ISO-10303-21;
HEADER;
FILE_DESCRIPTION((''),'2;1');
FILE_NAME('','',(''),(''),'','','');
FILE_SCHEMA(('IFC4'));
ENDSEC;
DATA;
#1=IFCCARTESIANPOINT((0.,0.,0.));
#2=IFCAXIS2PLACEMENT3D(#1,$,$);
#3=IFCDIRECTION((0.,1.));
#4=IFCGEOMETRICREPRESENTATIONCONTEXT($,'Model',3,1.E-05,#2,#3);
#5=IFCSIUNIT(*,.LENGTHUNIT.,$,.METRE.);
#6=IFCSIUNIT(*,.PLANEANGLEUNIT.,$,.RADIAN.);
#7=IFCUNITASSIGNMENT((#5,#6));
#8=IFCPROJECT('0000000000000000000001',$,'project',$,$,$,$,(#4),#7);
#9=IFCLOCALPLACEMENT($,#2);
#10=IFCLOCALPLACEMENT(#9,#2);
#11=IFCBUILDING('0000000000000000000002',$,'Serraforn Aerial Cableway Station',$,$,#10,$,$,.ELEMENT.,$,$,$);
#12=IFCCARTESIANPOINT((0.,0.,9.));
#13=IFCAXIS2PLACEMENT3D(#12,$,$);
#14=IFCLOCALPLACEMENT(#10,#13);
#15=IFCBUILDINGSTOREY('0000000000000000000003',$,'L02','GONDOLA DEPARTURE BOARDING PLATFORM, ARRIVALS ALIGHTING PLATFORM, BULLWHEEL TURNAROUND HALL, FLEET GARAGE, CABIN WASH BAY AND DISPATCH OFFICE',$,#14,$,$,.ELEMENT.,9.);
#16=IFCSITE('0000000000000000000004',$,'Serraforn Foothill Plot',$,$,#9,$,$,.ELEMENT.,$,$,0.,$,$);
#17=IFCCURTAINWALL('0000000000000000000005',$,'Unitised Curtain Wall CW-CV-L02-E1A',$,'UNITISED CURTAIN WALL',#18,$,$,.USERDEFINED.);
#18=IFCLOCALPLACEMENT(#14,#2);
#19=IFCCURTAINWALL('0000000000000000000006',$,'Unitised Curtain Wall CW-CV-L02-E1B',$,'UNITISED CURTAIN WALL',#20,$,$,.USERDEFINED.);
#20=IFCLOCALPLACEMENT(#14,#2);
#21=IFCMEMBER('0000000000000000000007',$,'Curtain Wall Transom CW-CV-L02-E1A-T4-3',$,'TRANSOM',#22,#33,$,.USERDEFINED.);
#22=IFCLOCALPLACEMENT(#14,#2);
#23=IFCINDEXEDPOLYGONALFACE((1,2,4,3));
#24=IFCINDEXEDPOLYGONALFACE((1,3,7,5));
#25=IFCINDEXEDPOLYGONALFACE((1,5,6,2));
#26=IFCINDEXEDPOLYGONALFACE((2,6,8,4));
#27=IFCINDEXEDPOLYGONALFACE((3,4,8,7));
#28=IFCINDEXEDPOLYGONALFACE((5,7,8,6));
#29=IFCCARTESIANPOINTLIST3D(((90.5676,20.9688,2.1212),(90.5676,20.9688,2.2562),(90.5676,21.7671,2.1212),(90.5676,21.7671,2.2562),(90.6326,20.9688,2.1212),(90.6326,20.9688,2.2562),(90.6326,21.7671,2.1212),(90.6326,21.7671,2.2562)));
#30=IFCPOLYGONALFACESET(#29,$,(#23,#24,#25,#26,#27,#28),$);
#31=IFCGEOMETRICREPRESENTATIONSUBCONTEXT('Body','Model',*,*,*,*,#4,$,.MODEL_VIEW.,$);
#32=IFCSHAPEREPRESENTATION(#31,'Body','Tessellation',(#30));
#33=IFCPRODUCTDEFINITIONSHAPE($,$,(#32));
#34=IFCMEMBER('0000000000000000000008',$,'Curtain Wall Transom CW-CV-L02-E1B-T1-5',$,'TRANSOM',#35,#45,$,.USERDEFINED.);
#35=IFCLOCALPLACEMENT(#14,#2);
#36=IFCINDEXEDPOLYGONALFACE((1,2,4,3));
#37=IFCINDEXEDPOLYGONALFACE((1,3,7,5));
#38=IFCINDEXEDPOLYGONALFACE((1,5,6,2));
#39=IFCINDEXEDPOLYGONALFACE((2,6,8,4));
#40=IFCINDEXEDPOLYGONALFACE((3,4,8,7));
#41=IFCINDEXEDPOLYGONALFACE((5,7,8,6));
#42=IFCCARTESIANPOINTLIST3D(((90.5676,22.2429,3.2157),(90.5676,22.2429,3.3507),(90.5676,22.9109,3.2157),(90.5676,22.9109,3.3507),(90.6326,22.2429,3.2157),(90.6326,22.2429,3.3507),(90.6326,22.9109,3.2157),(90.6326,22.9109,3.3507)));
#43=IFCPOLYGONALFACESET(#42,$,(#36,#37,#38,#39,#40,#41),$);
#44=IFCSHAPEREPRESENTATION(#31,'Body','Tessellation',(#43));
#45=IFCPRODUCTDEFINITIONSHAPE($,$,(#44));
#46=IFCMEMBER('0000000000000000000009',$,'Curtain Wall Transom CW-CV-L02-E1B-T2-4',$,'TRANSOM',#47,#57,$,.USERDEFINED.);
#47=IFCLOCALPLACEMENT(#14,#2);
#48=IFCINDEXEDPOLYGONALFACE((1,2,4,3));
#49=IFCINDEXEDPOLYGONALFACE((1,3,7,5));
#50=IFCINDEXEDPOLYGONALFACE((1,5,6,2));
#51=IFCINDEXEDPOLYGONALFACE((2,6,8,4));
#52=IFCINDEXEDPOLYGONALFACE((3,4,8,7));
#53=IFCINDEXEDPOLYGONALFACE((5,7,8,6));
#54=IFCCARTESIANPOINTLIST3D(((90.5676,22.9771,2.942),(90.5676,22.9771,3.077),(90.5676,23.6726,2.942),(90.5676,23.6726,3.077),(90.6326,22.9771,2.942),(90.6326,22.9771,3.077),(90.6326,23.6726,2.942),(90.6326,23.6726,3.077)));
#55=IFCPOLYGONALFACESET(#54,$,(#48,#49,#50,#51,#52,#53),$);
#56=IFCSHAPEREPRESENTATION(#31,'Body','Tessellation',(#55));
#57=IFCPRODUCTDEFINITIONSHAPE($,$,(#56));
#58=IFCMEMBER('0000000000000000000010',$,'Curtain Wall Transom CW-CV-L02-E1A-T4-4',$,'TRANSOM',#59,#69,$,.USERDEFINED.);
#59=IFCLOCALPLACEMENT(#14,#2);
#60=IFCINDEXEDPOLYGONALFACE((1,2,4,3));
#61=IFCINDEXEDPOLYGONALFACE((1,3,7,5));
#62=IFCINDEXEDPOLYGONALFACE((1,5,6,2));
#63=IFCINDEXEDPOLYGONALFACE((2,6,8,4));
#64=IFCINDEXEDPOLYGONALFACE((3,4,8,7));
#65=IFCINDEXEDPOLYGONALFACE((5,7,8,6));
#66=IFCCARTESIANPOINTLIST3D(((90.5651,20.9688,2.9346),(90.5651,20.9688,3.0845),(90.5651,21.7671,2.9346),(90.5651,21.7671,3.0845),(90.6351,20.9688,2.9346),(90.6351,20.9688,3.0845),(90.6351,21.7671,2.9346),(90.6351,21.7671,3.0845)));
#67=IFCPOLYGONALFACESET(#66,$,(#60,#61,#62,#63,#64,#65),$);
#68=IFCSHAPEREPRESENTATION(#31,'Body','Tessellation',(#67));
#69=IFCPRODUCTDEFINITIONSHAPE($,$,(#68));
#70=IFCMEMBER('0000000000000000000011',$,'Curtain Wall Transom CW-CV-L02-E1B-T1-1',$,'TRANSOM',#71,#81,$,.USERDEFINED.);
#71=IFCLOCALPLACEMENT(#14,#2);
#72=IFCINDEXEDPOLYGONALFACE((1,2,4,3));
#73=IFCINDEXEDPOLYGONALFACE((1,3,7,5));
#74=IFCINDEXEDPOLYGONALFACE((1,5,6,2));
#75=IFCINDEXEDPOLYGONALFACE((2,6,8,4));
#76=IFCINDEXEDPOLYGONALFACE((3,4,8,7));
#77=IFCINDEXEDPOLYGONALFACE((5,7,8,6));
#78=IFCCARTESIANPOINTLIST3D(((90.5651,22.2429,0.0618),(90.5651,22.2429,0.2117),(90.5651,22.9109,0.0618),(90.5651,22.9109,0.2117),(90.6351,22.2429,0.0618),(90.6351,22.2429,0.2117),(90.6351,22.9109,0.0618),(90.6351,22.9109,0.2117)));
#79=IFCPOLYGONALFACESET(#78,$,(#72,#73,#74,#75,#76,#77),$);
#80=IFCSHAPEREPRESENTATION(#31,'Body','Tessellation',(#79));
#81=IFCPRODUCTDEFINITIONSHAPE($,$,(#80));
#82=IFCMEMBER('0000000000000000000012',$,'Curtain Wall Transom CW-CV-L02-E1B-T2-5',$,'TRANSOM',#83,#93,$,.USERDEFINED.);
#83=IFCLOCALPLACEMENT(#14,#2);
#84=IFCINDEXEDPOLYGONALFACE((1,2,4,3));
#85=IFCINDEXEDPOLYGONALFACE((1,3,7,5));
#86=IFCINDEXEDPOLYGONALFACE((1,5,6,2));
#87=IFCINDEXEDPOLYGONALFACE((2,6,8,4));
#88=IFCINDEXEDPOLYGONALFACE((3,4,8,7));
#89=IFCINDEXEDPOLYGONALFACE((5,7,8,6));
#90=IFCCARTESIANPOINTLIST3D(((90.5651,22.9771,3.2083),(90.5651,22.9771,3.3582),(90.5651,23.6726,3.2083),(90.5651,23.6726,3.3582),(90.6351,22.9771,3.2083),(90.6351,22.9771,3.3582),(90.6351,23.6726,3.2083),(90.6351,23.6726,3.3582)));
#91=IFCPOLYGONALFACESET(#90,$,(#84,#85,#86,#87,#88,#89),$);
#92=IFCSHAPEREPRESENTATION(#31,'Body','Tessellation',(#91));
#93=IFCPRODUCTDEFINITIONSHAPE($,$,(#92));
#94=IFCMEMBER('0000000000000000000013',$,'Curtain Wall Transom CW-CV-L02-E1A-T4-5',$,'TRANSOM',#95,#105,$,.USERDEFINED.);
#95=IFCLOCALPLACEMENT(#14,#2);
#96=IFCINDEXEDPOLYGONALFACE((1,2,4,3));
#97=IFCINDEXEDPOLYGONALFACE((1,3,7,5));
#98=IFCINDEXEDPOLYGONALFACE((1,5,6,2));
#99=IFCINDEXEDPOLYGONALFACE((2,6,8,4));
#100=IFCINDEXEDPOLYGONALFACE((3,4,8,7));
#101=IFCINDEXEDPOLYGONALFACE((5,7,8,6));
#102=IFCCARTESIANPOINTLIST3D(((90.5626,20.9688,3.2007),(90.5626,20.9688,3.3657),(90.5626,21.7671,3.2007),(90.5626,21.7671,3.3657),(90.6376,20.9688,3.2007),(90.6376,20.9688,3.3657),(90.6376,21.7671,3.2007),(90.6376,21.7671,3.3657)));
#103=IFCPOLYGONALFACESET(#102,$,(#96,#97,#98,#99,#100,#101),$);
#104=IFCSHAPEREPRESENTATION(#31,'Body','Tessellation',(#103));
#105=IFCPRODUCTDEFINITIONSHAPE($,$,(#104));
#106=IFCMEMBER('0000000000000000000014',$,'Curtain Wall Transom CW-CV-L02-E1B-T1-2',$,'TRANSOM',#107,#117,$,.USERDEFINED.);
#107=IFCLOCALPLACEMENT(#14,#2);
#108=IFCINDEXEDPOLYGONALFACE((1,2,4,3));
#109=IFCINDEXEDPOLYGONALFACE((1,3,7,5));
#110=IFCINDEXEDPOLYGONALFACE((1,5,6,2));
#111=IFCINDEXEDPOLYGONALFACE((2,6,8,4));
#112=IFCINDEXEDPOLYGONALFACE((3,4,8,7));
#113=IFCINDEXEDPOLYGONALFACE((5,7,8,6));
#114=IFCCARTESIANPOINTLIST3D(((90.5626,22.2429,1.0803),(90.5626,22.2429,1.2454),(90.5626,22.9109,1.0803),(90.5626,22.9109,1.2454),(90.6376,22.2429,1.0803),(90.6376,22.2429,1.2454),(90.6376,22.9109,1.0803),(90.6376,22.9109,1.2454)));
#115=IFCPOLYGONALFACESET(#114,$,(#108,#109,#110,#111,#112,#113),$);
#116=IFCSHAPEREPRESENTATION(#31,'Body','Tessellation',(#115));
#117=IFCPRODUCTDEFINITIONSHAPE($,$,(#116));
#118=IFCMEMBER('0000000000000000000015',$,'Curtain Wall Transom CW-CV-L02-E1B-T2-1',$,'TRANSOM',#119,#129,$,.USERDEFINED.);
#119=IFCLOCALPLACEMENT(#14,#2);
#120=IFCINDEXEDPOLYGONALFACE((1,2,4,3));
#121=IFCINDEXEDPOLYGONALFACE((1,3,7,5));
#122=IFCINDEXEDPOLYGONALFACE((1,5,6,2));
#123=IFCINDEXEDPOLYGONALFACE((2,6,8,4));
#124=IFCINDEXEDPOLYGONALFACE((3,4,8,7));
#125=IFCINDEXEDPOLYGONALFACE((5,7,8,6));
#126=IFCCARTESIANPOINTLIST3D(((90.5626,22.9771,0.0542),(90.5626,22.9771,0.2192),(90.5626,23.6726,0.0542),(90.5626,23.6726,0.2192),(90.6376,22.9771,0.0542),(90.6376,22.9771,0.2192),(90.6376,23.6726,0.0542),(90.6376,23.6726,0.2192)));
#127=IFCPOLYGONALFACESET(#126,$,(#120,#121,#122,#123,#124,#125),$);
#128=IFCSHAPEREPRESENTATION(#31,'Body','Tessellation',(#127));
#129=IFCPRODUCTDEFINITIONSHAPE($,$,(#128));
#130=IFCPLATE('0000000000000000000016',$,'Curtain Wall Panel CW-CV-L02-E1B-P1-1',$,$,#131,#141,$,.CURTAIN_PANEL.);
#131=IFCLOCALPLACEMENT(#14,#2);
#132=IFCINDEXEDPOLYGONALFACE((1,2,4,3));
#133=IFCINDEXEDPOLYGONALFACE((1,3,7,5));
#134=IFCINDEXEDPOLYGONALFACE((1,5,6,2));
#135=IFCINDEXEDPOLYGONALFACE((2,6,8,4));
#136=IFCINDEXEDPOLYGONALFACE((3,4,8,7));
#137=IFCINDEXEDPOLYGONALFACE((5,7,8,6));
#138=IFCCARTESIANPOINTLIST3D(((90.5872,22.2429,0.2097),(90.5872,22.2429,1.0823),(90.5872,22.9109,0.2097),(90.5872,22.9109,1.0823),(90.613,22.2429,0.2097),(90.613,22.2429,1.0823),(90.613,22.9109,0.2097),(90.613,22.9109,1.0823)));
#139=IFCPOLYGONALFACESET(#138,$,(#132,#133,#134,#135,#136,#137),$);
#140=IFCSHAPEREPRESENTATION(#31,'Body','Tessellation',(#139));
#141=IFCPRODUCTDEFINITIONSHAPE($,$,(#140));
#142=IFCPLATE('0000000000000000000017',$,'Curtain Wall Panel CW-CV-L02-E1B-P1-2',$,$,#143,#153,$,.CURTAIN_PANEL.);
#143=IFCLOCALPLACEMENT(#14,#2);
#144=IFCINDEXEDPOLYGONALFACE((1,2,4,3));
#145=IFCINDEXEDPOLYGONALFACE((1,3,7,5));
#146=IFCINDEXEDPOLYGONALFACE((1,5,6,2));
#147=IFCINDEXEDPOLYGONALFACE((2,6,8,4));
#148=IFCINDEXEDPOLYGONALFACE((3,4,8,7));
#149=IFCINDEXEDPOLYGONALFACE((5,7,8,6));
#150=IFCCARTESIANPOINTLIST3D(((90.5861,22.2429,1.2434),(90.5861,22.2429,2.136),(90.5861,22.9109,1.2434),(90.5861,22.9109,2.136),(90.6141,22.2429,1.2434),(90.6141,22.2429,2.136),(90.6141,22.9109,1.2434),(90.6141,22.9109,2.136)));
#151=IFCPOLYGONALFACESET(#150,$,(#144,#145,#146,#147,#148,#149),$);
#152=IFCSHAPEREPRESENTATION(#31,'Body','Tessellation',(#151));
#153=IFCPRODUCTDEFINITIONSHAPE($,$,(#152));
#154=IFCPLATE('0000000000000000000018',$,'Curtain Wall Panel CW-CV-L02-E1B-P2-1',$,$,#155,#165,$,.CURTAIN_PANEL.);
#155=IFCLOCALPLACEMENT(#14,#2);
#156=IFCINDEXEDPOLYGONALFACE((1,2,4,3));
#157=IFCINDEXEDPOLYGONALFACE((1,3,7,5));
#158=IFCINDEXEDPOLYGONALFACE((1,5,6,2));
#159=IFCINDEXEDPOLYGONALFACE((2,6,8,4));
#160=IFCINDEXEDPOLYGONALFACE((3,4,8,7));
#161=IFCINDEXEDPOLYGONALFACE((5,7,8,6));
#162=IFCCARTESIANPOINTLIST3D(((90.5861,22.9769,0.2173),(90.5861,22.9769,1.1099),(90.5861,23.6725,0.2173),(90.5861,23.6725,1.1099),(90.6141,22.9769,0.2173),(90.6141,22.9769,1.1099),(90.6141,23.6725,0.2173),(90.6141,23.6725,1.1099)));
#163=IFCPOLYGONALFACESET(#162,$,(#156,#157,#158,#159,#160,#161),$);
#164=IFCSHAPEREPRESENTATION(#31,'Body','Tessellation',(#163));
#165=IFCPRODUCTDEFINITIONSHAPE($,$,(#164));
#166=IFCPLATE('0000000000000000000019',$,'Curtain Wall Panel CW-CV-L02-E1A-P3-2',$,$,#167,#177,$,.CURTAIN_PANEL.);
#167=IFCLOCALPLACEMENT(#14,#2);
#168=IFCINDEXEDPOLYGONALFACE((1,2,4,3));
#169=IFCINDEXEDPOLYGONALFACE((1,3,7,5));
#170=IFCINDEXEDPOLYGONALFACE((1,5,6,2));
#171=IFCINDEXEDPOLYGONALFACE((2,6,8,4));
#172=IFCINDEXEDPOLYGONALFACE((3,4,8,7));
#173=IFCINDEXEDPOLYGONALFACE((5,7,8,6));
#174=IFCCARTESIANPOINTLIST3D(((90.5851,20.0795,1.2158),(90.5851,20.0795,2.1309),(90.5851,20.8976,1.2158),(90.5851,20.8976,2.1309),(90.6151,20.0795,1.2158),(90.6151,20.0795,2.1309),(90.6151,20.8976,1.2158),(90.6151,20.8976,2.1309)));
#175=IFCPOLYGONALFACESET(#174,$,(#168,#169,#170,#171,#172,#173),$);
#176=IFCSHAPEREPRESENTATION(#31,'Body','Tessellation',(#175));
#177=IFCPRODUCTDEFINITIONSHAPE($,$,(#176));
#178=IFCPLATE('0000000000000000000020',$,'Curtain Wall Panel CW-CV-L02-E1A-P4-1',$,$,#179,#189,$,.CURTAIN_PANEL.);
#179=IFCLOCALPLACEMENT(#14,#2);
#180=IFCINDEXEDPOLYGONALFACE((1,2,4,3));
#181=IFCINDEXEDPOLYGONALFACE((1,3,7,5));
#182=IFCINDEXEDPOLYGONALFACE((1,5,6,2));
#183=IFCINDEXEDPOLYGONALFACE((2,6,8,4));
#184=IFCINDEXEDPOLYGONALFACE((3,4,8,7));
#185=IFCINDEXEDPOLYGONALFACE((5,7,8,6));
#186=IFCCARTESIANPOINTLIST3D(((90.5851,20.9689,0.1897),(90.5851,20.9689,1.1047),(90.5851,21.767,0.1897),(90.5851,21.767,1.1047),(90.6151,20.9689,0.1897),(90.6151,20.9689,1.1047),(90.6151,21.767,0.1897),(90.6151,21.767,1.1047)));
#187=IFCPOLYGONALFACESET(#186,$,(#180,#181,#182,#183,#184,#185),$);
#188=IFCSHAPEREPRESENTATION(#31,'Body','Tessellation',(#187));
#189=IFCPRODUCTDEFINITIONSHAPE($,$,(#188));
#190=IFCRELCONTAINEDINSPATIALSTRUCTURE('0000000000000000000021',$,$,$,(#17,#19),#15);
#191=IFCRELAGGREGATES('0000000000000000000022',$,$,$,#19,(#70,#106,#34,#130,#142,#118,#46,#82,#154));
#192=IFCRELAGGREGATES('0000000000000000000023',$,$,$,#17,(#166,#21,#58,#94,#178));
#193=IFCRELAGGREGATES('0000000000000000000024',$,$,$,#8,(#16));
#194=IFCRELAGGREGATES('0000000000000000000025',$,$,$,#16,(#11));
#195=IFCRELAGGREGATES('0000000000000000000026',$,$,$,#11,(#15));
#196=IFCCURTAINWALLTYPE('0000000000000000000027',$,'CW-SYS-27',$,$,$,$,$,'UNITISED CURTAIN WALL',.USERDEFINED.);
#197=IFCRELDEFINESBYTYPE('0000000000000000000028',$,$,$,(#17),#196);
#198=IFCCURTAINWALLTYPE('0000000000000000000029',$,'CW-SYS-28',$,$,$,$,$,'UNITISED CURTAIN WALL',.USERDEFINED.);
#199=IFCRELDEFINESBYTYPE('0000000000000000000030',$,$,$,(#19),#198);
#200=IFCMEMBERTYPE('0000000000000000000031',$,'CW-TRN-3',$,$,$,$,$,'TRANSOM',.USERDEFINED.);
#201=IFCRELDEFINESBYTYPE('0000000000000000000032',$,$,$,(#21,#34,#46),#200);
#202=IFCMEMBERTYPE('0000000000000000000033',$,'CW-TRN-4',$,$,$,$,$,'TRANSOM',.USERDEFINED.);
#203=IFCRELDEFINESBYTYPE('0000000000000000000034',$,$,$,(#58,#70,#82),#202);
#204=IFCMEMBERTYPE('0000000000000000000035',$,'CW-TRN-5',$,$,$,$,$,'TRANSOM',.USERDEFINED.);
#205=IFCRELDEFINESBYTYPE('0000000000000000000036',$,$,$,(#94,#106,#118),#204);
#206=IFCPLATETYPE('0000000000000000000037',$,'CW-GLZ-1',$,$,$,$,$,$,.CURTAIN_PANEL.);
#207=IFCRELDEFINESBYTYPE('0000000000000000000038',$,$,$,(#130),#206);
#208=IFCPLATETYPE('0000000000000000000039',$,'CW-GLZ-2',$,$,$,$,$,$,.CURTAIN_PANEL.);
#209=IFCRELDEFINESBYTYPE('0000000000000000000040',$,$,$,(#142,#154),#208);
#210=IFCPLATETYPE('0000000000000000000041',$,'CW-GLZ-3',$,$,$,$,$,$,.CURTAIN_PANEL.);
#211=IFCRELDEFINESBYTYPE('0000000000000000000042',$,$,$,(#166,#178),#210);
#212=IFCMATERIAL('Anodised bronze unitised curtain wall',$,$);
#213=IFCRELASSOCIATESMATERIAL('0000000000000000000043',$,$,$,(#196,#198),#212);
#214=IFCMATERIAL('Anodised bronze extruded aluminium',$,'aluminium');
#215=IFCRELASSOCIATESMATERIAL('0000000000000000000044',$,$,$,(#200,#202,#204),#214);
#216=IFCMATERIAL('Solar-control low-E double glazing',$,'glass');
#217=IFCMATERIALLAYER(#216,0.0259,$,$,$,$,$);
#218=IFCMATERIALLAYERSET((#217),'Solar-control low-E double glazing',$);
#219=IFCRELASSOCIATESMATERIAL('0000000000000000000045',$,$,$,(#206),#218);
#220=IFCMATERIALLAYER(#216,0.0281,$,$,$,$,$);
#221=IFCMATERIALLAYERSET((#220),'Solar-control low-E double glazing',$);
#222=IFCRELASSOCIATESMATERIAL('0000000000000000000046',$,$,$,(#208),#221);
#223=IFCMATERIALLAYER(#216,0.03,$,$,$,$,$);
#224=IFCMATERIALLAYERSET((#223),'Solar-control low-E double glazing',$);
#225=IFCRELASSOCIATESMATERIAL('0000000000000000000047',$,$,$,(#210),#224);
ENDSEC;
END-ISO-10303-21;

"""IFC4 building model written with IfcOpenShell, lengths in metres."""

from ifc_helpers import new_model, si_unit, direction, frame, origin, origin_2d, place, context, subcontext, project, spatial, rectangle, extrude, material, layer, layer_set, material_profile, profile_set, type_object, element, aggregate, save


model = new_model("IFC4")

# Units and contexts
model_context = context("Model", 3, precision=1e-05, world=origin(), true_north=direction((0.0, 1.0)))
body_context = subcontext(model_context, "Body", "Model", "MODEL_VIEW")
ifc_project = project(units=[si_unit("LENGTHUNIT", "METRE"), si_unit("PLANEANGLEUNIT", "RADIAN")], contexts=[model_context])

# Site, building, storey
site_placement = place(None, origin())
site = spatial("IfcSite", under=ifc_project, at=site_placement, Name="Serraforn Foothill Plot", CompositionType="ELEMENT", RefElevation=0.0)
building_placement = place(site_placement, origin())
building = spatial("IfcBuilding", under=site, at=building_placement, Name="Serraforn Aerial Cableway Station", CompositionType="ELEMENT")
storey_placement = place(building_placement, frame((0.0, 0.0, 9.0)))
storey = spatial("IfcBuildingStorey", under=building, at=storey_placement, Name="L02", Description="GONDOLA DEPARTURE BOARDING PLATFORM, ARRIVALS ALIGHTING PLATFORM, BULLWHEEL TURNAROUND HALL, FLEET GARAGE, CABIN WASH BAY AND DISPATCH OFFICE", CompositionType="ELEMENT", Elevation=9.0)

# Curtain wall
ifc_material_1 = material(Name="Anodised bronze unitised curtain wall")
curtain_wall_type_1 = type_object("IfcCurtainWallType", Name="CW-SYS-27", ElementType="UNITISED CURTAIN WALL", PredefinedType="USERDEFINED", material=ifc_material_1)
curtain_wall_1_placement = place(storey_placement, origin())
curtain_wall_1 = element("IfcCurtainWall", 1, at=curtain_wall_1_placement, inside=storey, type_object=curtain_wall_type_1, Name="Unitised Curtain Wall CW-CV-L02-E1A", ObjectType="UNITISED CURTAIN WALL", PredefinedType="USERDEFINED")
ifc_material_2 = material(Name="Anodised bronze extruded aluminium", Category="aluminium")

# Curtain wall
curtain_wall_type_2 = type_object("IfcCurtainWallType", Name="CW-SYS-28", ElementType="UNITISED CURTAIN WALL", PredefinedType="USERDEFINED", material=ifc_material_1)
curtain_wall_2_placement = place(storey_placement, origin())
curtain_wall_2 = element("IfcCurtainWall", 2, at=curtain_wall_2_placement, inside=storey, type_object=curtain_wall_type_2, Name="Unitised Curtain Wall CW-CV-L02-E1B", ObjectType="UNITISED CURTAIN WALL", PredefinedType="USERDEFINED")

# Members
ifc_material_profile_1 = material_profile(ifc_material_2, rectangle(XDim=0.0649, YDim=0.135, at=origin_2d()), Name="CW TRANSOM 65x135")
ifc_profile_set_1 = profile_set([ifc_material_profile_1], Name="Anodised bronze extruded aluminium")
member_type_1 = type_object("IfcMemberType", Name="CW-TRN-3", ElementType="TRANSOM", PredefinedType="USERDEFINED", material=ifc_profile_set_1)
member_1_placement = place(storey_placement, frame((90.6001, 20.9688, 2.1887), z_axis=(0.0, 1.0, 0.0), x_axis=(-1.0, 0.0, 0.0)))
member_1 = element("IfcMember", 3, at=member_1_placement, type_object=member_type_1, Name="Curtain Wall Transom CW-CV-L02-E1A-T4-3", ObjectType="TRANSOM", PredefinedType="USERDEFINED", context=body_context, shape_type="SweptSolid", body=[
    extrude(rectangle(XDim=0.0649, YDim=0.135, at=origin_2d()), origin(), (0.0, 0.0, 1.0), 0.7983),
])
member_2_placement = place(storey_placement, frame((90.6001, 22.2429, 3.2832), z_axis=(0.0, 1.0, 0.0), x_axis=(-1.0, 0.0, 0.0)))
member_2 = element("IfcMember", 4, at=member_2_placement, type_object=member_type_1, Name="Curtain Wall Transom CW-CV-L02-E1B-T1-5", ObjectType="TRANSOM", PredefinedType="USERDEFINED", context=body_context, shape_type="SweptSolid", body=[
    extrude(rectangle(XDim=0.0649, YDim=0.135, at=origin_2d()), origin(), (0.0, 0.0, 1.0), 0.668),
])
member_3_placement = place(storey_placement, frame((90.6001, 22.9771, 3.0095), z_axis=(0.0, 1.0, 0.0), x_axis=(-1.0, 0.0, 0.0)))
member_3 = element("IfcMember", 5, at=member_3_placement, type_object=member_type_1, Name="Curtain Wall Transom CW-CV-L02-E1B-T2-4", ObjectType="TRANSOM", PredefinedType="USERDEFINED", context=body_context, shape_type="SweptSolid", body=[
    extrude(rectangle(XDim=0.0649, YDim=0.135, at=origin_2d()), origin(), (0.0, 0.0, 1.0), 0.6956),
])
ifc_material_profile_2 = material_profile(ifc_material_2, rectangle(XDim=0.0701, YDim=0.1499, at=origin_2d()), Name="CW TRANSOM 70x150")
ifc_profile_set_2 = profile_set([ifc_material_profile_2], Name="Anodised bronze extruded aluminium")
member_type_2 = type_object("IfcMemberType", Name="CW-TRN-4", ElementType="TRANSOM", PredefinedType="USERDEFINED", material=ifc_profile_set_2)
member_4_placement = place(storey_placement, frame((90.6001, 20.9688, 3.0095), z_axis=(0.0, 1.0, 0.0), x_axis=(-1.0, 0.0, 0.0)))
member_4 = element("IfcMember", 6, at=member_4_placement, type_object=member_type_2, Name="Curtain Wall Transom CW-CV-L02-E1A-T4-4", ObjectType="TRANSOM", PredefinedType="USERDEFINED", context=body_context, shape_type="SweptSolid", body=[
    extrude(rectangle(XDim=0.0701, YDim=0.1499, at=origin_2d()), origin(), (0.0, 0.0, 1.0), 0.7983),
])
member_5_placement = place(storey_placement, frame((90.6001, 22.2429, 0.1367), z_axis=(0.0, 1.0, 0.0), x_axis=(-1.0, 0.0, 0.0)))
member_5 = element("IfcMember", 7, at=member_5_placement, type_object=member_type_2, Name="Curtain Wall Transom CW-CV-L02-E1B-T1-1", ObjectType="TRANSOM", PredefinedType="USERDEFINED", context=body_context, shape_type="SweptSolid", body=[
    extrude(rectangle(XDim=0.0701, YDim=0.1499, at=origin_2d()), origin(), (0.0, 0.0, 1.0), 0.668),
])
member_6_placement = place(storey_placement, frame((90.6001, 22.9771, 3.2832), z_axis=(0.0, 1.0, 0.0), x_axis=(-1.0, 0.0, 0.0)))
member_6 = element("IfcMember", 8, at=member_6_placement, type_object=member_type_2, Name="Curtain Wall Transom CW-CV-L02-E1B-T2-5", ObjectType="TRANSOM", PredefinedType="USERDEFINED", context=body_context, shape_type="SweptSolid", body=[
    extrude(rectangle(XDim=0.0701, YDim=0.1499, at=origin_2d()), origin(), (0.0, 0.0, 1.0), 0.6956),
])
ifc_material_profile_3 = material_profile(ifc_material_2, rectangle(XDim=0.075, YDim=0.165, at=origin_2d()), Name="CW TRANSOM 75x165")
ifc_profile_set_3 = profile_set([ifc_material_profile_3], Name="Anodised bronze extruded aluminium")
member_type_3 = type_object("IfcMemberType", Name="CW-TRN-5", ElementType="TRANSOM", PredefinedType="USERDEFINED", material=ifc_profile_set_3)
member_7_placement = place(storey_placement, frame((90.6001, 20.9688, 3.2832), z_axis=(0.0, 1.0, 0.0), x_axis=(-1.0, 0.0, 0.0)))
member_7 = element("IfcMember", 9, at=member_7_placement, type_object=member_type_3, Name="Curtain Wall Transom CW-CV-L02-E1A-T4-5", ObjectType="TRANSOM", PredefinedType="USERDEFINED", context=body_context, shape_type="SweptSolid", body=[
    extrude(rectangle(XDim=0.075, YDim=0.165, at=origin_2d()), origin(), (0.0, 0.0, 1.0), 0.7983),
])
member_8_placement = place(storey_placement, frame((90.6001, 22.2429, 1.1628), z_axis=(0.0, 1.0, 0.0), x_axis=(-1.0, 0.0, 0.0)))
member_8 = element("IfcMember", 10, at=member_8_placement, type_object=member_type_3, Name="Curtain Wall Transom CW-CV-L02-E1B-T1-2", ObjectType="TRANSOM", PredefinedType="USERDEFINED", context=body_context, shape_type="SweptSolid", body=[
    extrude(rectangle(XDim=0.075, YDim=0.165, at=origin_2d()), origin(), (0.0, 0.0, 1.0), 0.668),
])
member_9_placement = place(storey_placement, frame((90.6001, 22.9771, 0.1367), z_axis=(0.0, 1.0, 0.0), x_axis=(-1.0, 0.0, 0.0)))
member_9 = element("IfcMember", 11, at=member_9_placement, type_object=member_type_3, Name="Curtain Wall Transom CW-CV-L02-E1B-T2-1", ObjectType="TRANSOM", PredefinedType="USERDEFINED", context=body_context, shape_type="SweptSolid", body=[
    extrude(rectangle(XDim=0.075, YDim=0.165, at=origin_2d()), origin(), (0.0, 0.0, 1.0), 0.6956),
])

# Plates
ifc_material_3 = material(Name="Solar-control low-E double glazing", Category="glass")
ifc_layer_1 = layer(ifc_material_3, 0.0259)
ifc_layer_set_1 = layer_set([ifc_layer_1], Name="Solar-control low-E double glazing")
plate_type_1 = type_object("IfcPlateType", Name="CW-GLZ-1", PredefinedType="CURTAIN_PANEL", material=ifc_layer_set_1)
plate_1_placement = place(storey_placement, frame((90.6001, 22.5769, 0.2097), z_axis=(0.0, 0.0, 1.0), x_axis=(1.0, 0.0, 0.0)))
plate_1 = element("IfcPlate", 12, at=plate_1_placement, type_object=plate_type_1, Name="Curtain Wall Panel CW-CV-L02-E1B-P1-1", PredefinedType="CURTAIN_PANEL", context=body_context, shape_type="SweptSolid", body=[
    extrude(rectangle(XDim=0.0259, YDim=0.668, at=origin_2d()), origin(), (0.0, 0.0, 1.0), 0.8726),
])
ifc_layer_2 = layer(ifc_material_3, 0.0281)
ifc_layer_set_2 = layer_set([ifc_layer_2], Name="Solar-control low-E double glazing")
plate_type_2 = type_object("IfcPlateType", Name="CW-GLZ-2", PredefinedType="CURTAIN_PANEL", material=ifc_layer_set_2)
plate_2_placement = place(storey_placement, frame((90.6001, 22.5769, 1.2434), z_axis=(0.0, 0.0, 1.0), x_axis=(1.0, 0.0, 0.0)))
plate_2 = element("IfcPlate", 13, at=plate_2_placement, type_object=plate_type_2, Name="Curtain Wall Panel CW-CV-L02-E1B-P1-2", PredefinedType="CURTAIN_PANEL", context=body_context, shape_type="SweptSolid", body=[
    extrude(rectangle(XDim=0.0281, YDim=0.668, at=origin_2d()), origin(), (0.0, 0.0, 1.0), 0.8926),
])
plate_3_placement = place(storey_placement, frame((90.6001, 23.3247, 0.2173), z_axis=(0.0, 0.0, 1.0), x_axis=(1.0, 0.0, 0.0)))
plate_3 = element("IfcPlate", 14, at=plate_3_placement, type_object=plate_type_2, Name="Curtain Wall Panel CW-CV-L02-E1B-P2-1", PredefinedType="CURTAIN_PANEL", context=body_context, shape_type="SweptSolid", body=[
    extrude(rectangle(XDim=0.0281, YDim=0.6956, at=origin_2d()), origin(), (0.0, 0.0, 1.0), 0.8926),
])
ifc_layer_3 = layer(ifc_material_3, 0.03)
ifc_layer_set_3 = layer_set([ifc_layer_3], Name="Solar-control low-E double glazing")
plate_type_3 = type_object("IfcPlateType", Name="CW-GLZ-3", PredefinedType="CURTAIN_PANEL", material=ifc_layer_set_3)
plate_4_placement = place(storey_placement, frame((90.6001, 20.4885, 1.2158), z_axis=(0.0, 0.0, 1.0), x_axis=(1.0, 0.0, 0.0)))
plate_4 = element("IfcPlate", 15, at=plate_4_placement, type_object=plate_type_3, Name="Curtain Wall Panel CW-CV-L02-E1A-P3-2", PredefinedType="CURTAIN_PANEL", context=body_context, shape_type="SweptSolid", body=[
    extrude(rectangle(XDim=0.03, YDim=0.8181, at=origin_2d()), origin(), (0.0, 0.0, 1.0), 0.915),
])
plate_5_placement = place(storey_placement, frame((90.6001, 21.3679, 0.1897), z_axis=(0.0, 0.0, 1.0), x_axis=(1.0, 0.0, 0.0)))
plate_5 = element("IfcPlate", 16, at=plate_5_placement, type_object=plate_type_3, Name="Curtain Wall Panel CW-CV-L02-E1A-P4-1", PredefinedType="CURTAIN_PANEL", context=body_context, shape_type="SweptSolid", body=[
    extrude(rectangle(XDim=0.03, YDim=0.7981, at=origin_2d()), origin(), (0.0, 0.0, 1.0), 0.915),
])
aggregate(curtain_wall_2, [member_5, member_8, member_2, plate_1, plate_2, member_9, member_3, member_6, plate_3])
aggregate(curtain_wall_1, [plate_4, member_1, member_4, member_7, plate_5])

save(model, "model.ifc")
